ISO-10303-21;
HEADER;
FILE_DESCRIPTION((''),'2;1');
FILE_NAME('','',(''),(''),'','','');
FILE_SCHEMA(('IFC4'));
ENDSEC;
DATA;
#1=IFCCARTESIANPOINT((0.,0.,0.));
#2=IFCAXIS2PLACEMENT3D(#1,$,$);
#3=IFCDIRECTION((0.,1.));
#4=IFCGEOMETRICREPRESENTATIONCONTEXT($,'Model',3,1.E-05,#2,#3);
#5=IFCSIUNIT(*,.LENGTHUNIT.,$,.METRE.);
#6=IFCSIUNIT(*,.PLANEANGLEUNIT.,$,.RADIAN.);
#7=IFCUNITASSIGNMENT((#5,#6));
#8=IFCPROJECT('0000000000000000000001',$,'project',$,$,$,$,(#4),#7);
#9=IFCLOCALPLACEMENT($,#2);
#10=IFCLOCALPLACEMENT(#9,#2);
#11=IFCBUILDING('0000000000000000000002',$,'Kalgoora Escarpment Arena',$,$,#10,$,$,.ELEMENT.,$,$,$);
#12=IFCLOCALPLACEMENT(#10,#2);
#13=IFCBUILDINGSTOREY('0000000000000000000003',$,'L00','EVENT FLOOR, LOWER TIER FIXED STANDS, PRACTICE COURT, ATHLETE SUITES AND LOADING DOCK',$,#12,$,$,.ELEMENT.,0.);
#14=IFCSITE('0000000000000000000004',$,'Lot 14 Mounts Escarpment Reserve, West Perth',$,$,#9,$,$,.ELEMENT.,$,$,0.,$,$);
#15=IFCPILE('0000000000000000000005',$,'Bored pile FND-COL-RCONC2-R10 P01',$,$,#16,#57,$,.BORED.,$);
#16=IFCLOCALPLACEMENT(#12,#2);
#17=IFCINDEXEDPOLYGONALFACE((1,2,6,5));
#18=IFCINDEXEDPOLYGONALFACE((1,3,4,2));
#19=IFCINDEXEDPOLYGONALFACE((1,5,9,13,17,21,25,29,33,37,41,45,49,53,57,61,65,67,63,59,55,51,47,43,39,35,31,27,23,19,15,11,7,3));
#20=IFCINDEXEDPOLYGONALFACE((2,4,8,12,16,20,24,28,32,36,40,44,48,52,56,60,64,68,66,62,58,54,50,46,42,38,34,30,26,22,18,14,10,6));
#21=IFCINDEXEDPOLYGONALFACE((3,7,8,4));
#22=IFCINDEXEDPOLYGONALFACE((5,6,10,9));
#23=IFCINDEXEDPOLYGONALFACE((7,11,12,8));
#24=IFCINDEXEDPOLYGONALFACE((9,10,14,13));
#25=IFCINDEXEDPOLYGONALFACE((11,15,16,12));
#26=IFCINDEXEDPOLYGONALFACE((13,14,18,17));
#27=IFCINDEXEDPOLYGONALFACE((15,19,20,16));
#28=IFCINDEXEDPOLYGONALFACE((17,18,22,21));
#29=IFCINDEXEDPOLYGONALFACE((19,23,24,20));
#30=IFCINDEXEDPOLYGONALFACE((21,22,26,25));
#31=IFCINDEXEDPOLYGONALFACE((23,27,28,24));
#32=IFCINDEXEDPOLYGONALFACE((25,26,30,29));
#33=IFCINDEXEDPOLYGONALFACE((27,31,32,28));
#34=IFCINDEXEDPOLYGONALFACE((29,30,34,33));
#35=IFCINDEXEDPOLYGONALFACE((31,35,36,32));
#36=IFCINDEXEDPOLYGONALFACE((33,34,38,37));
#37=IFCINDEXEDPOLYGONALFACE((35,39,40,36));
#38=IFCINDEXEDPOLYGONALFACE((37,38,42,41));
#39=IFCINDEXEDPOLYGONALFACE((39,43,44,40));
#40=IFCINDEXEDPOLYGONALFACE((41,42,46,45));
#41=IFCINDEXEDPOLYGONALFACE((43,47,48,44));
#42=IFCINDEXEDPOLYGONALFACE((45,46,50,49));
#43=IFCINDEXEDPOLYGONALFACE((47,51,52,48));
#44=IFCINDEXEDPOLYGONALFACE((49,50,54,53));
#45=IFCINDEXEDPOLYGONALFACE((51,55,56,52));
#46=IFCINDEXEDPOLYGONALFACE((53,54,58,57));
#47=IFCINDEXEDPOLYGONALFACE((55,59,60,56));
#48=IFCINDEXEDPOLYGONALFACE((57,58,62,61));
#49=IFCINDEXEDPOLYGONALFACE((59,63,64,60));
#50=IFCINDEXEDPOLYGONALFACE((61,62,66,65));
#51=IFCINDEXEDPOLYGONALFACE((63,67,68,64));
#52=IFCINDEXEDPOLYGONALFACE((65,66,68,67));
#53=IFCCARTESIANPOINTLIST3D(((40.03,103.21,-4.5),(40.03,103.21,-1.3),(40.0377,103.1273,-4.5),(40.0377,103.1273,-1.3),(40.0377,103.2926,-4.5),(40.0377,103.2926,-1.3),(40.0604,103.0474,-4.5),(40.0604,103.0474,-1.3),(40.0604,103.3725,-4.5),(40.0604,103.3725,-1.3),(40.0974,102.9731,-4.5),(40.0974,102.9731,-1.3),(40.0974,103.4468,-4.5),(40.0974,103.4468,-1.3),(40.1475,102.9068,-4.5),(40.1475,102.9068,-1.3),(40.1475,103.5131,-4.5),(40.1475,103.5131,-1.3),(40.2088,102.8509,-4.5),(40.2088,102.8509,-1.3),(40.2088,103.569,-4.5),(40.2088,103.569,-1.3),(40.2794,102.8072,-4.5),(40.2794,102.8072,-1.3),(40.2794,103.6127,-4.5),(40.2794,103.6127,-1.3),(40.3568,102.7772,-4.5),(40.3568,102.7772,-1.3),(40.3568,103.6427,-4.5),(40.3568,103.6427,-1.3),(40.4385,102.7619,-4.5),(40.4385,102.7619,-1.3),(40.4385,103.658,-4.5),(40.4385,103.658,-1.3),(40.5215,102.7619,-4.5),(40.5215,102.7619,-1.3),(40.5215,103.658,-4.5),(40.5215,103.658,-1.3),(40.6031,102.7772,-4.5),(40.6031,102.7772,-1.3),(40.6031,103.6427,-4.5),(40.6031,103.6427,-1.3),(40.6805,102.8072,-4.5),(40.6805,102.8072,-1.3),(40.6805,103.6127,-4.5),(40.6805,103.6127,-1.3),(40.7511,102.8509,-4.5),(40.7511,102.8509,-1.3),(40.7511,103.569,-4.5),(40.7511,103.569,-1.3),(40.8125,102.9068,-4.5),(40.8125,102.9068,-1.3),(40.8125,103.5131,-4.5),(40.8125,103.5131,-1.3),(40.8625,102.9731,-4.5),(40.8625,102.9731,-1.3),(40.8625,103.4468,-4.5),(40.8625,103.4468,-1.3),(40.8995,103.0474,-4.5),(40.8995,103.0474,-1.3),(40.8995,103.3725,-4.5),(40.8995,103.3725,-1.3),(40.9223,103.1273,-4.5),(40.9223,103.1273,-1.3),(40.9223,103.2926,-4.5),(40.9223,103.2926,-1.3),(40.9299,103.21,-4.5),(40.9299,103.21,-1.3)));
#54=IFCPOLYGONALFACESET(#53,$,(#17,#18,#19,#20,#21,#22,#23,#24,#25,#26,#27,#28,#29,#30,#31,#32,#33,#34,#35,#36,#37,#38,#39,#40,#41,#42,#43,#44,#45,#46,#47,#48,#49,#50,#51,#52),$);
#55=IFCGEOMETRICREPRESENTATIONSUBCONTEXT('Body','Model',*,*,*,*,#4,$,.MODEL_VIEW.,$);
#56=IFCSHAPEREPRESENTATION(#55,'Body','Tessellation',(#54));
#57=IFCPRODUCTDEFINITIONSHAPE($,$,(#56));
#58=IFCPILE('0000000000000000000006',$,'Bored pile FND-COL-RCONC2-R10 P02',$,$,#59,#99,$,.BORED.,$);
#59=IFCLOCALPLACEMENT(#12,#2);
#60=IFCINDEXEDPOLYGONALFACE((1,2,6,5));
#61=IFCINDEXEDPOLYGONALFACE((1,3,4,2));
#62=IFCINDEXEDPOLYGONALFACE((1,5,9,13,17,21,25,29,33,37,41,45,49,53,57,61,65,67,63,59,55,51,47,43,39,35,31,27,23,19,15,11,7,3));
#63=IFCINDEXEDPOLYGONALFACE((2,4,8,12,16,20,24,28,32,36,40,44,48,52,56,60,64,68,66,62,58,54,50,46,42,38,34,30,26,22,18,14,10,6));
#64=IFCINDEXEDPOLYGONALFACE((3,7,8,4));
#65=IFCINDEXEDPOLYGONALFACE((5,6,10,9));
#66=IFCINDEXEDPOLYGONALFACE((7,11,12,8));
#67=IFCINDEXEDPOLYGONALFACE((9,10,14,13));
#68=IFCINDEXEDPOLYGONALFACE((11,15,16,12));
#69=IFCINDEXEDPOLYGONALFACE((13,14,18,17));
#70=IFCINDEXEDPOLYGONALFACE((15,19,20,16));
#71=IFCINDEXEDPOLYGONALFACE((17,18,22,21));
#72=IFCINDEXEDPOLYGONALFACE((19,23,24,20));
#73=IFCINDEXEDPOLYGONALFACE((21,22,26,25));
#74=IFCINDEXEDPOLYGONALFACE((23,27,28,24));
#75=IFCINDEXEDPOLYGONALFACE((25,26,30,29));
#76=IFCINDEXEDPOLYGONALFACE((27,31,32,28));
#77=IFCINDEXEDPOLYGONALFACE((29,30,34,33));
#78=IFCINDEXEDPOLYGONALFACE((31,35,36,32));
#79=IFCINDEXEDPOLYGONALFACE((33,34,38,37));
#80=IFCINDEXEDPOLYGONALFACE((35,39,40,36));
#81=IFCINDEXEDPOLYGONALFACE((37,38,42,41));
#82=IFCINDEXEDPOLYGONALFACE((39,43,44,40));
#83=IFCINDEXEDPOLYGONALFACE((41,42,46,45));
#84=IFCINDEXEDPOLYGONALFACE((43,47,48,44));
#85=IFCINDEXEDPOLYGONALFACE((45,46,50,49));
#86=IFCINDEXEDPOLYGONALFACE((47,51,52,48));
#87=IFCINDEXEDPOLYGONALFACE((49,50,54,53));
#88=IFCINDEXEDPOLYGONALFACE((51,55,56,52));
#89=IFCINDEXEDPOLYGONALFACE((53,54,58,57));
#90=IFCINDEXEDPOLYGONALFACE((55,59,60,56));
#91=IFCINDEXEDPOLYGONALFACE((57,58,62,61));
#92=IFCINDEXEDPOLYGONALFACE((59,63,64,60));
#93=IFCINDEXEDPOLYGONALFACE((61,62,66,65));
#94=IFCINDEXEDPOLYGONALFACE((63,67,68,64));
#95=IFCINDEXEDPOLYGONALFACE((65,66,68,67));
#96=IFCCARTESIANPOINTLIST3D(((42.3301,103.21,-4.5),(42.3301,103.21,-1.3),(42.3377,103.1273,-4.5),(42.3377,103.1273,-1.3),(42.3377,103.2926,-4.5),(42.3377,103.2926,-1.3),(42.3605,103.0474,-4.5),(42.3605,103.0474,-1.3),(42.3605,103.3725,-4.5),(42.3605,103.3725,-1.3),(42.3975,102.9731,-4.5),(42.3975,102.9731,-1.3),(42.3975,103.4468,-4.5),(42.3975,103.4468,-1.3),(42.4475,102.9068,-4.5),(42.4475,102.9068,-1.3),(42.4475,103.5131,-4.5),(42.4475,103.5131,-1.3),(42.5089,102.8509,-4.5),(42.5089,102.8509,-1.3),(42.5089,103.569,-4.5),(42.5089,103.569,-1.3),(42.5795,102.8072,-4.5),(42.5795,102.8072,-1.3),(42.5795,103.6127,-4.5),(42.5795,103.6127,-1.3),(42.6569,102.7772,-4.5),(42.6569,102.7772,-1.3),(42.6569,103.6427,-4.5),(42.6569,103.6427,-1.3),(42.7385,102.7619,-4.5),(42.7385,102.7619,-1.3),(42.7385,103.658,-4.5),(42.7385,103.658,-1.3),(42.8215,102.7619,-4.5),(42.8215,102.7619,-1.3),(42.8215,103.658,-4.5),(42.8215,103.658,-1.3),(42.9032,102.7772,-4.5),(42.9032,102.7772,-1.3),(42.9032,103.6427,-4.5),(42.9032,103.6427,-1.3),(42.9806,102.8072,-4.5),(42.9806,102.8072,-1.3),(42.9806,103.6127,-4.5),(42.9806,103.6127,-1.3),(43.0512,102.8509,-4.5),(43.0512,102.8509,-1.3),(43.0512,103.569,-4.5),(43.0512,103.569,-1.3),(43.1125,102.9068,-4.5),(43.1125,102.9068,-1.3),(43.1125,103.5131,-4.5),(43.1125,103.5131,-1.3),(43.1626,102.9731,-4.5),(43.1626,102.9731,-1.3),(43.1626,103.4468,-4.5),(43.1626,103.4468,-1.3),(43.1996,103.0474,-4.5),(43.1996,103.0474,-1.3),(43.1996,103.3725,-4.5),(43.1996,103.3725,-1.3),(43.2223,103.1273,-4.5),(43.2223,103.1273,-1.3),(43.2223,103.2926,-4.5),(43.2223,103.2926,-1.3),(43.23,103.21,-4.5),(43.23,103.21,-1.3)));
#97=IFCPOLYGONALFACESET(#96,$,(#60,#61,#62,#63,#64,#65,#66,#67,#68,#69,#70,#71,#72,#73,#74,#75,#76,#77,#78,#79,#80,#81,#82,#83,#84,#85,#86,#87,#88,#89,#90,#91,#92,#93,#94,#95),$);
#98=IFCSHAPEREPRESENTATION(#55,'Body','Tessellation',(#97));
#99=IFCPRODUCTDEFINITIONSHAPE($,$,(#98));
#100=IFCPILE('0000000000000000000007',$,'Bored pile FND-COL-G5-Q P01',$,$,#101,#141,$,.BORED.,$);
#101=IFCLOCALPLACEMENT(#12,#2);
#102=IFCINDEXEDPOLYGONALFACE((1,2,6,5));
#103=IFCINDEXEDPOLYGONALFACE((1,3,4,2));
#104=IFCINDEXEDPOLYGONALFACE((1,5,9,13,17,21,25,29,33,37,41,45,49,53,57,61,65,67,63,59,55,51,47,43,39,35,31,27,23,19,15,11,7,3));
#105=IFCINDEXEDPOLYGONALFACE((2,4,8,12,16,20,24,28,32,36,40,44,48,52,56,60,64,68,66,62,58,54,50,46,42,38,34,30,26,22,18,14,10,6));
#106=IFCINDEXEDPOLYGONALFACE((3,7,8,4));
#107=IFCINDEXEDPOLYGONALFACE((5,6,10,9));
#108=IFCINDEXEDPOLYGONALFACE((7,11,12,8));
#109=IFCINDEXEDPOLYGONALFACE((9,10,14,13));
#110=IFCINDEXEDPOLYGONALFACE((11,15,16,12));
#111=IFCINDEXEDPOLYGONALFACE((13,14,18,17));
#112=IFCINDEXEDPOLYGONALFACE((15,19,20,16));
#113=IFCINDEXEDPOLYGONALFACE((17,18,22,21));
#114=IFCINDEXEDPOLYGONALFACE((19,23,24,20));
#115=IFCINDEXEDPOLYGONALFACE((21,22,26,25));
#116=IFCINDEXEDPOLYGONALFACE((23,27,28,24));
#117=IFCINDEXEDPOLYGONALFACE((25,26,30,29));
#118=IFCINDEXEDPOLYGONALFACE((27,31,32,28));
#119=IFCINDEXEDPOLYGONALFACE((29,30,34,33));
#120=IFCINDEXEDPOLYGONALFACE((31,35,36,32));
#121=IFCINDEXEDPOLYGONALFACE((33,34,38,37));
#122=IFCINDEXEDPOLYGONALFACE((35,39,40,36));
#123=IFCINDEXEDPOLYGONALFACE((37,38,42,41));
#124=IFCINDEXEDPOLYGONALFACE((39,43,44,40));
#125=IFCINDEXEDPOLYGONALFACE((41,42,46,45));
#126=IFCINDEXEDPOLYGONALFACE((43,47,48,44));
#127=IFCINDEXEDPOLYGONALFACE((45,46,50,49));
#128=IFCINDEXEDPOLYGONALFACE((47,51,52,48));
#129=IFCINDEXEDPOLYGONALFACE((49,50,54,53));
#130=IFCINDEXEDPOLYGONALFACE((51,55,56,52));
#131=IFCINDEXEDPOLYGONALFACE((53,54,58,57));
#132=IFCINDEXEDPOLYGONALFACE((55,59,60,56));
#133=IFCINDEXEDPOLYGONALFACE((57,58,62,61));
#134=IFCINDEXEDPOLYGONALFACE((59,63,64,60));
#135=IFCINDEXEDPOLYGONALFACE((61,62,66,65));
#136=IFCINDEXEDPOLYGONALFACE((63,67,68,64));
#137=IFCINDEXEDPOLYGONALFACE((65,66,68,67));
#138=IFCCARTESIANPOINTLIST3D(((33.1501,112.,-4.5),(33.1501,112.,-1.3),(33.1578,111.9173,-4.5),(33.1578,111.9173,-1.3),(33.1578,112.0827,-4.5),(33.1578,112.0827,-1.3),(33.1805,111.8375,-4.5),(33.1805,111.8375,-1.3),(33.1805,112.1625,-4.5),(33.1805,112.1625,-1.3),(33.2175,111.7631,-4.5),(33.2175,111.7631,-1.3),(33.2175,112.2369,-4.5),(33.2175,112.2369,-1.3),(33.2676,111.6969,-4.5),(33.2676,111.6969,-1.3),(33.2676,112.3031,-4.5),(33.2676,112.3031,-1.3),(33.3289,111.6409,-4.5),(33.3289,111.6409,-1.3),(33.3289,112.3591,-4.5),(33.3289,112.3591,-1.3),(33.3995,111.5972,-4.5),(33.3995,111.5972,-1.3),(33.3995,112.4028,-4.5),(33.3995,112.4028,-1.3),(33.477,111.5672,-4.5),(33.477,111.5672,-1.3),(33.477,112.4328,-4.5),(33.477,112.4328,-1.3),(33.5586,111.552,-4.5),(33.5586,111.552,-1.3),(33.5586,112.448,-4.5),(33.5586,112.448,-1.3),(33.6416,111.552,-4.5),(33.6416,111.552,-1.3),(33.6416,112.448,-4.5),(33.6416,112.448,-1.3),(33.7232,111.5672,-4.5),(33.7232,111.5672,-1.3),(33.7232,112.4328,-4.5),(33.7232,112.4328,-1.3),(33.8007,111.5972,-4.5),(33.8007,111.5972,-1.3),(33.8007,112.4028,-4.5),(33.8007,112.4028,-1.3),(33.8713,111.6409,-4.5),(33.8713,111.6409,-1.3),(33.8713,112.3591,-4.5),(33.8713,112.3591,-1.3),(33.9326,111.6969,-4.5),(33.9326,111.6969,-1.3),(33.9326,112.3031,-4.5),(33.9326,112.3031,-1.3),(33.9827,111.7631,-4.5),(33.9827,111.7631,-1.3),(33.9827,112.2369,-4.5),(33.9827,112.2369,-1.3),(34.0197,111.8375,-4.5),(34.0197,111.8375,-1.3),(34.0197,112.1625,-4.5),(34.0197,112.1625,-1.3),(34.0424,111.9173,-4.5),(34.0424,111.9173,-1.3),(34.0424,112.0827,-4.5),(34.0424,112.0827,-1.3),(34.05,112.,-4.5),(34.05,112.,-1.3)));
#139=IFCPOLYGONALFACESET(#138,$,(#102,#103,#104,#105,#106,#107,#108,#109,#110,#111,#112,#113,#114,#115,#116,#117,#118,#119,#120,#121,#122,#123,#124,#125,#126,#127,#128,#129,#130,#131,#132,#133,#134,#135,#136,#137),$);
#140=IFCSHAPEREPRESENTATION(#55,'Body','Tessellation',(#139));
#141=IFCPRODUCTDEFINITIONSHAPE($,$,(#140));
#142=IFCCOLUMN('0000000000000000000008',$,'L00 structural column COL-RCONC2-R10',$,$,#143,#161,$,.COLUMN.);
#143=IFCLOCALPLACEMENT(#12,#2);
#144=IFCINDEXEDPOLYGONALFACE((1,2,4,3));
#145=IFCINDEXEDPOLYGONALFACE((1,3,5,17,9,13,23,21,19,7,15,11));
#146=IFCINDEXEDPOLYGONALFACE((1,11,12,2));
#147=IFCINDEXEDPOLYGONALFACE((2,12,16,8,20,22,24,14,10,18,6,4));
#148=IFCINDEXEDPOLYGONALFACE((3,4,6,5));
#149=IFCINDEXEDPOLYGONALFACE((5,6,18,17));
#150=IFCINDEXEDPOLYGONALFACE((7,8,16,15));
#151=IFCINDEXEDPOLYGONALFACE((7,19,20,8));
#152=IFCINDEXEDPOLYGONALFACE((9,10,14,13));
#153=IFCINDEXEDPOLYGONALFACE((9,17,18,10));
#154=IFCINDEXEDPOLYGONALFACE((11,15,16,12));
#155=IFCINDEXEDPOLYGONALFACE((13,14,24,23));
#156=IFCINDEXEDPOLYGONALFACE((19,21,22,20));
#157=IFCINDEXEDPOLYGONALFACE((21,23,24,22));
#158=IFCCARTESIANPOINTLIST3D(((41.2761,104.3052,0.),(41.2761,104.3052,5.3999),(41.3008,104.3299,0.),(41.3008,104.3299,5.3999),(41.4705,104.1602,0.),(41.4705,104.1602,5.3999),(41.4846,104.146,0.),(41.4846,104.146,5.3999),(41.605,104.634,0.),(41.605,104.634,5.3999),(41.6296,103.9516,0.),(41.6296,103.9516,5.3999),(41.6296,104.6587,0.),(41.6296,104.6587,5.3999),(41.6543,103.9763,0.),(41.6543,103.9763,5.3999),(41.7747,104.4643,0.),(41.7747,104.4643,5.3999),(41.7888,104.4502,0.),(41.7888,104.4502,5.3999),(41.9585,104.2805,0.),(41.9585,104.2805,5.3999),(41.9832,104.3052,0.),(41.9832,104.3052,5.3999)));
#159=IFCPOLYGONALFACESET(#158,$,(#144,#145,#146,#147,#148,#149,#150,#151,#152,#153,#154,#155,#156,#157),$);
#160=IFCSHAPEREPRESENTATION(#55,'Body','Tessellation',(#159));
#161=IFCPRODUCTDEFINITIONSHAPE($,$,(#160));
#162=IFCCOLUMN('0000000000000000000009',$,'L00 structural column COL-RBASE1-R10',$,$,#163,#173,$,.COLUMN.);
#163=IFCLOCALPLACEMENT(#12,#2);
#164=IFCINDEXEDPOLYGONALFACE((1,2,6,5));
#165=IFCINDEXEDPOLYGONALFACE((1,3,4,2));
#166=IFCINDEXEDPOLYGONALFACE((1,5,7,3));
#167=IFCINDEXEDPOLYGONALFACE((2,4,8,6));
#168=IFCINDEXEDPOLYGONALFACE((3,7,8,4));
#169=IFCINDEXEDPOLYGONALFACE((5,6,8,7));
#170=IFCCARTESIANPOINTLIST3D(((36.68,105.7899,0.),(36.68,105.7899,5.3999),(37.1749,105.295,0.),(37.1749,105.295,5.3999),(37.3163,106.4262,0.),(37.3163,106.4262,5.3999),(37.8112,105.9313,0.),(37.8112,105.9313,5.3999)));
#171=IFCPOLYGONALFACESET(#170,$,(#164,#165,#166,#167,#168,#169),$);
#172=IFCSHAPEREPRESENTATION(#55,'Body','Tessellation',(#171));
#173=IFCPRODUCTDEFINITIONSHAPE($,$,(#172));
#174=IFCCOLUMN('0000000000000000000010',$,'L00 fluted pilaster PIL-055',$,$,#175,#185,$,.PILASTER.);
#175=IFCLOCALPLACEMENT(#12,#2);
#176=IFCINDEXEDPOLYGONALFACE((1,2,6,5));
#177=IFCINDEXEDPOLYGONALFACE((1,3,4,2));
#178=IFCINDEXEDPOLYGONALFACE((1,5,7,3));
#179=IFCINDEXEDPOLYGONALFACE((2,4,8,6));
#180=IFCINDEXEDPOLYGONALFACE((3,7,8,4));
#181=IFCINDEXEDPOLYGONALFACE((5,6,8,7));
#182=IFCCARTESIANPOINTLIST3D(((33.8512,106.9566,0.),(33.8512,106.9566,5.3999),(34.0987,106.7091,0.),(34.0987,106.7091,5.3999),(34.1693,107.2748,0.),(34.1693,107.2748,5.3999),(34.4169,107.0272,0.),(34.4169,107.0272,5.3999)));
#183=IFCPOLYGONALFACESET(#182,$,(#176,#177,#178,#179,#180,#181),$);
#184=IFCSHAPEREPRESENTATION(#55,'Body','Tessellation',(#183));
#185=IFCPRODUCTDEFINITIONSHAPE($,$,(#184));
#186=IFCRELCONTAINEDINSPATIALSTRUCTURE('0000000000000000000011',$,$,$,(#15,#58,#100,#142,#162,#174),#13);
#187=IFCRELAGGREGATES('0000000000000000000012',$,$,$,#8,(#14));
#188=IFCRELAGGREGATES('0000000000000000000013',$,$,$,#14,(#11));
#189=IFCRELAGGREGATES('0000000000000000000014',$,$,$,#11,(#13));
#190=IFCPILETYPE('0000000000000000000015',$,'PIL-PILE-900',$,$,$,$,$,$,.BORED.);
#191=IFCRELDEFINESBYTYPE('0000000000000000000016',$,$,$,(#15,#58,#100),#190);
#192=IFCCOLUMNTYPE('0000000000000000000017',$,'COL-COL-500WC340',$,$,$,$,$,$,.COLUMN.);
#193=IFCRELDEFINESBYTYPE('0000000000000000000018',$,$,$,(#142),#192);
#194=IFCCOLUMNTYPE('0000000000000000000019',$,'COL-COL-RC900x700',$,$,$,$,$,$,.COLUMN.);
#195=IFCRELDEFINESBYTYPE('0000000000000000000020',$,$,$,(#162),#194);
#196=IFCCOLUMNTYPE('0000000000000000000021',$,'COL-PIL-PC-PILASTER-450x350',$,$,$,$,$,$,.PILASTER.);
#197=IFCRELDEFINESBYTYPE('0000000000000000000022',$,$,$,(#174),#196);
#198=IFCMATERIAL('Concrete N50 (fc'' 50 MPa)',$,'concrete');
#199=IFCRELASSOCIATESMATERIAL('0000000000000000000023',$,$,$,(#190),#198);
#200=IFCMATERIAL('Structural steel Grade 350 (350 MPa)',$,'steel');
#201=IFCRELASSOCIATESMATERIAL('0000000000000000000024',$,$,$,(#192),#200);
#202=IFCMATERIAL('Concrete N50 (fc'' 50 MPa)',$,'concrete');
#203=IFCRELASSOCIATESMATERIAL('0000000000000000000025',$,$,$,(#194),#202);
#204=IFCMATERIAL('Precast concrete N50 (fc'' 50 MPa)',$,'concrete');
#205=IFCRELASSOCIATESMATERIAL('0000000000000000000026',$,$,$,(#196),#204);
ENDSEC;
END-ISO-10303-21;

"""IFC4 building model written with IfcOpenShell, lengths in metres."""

from ifc_helpers import new_model, si_unit, direction, frame, origin, origin_2d, place, context, subcontext, project, spatial, rectangle, circle, i_section, extrude, material, material_profile, profile_set, type_object, element, save


model = new_model("IFC4")

# Units and contexts
model_context = context("Model", 3, precision=1e-05, world=origin(), true_north=direction((0.0, 1.0)))
body_context = subcontext(model_context, "Body", "Model", "MODEL_VIEW")
ifc_project = project(units=[si_unit("LENGTHUNIT", "METRE"), si_unit("PLANEANGLEUNIT", "RADIAN")], contexts=[model_context])

# Site, building, storey
site_placement = place(None, origin())
site = spatial("IfcSite", under=ifc_project, at=site_placement, Name="Lot 14 Mounts Escarpment Reserve, West Perth", CompositionType="ELEMENT", RefElevation=0.0)
building_placement = place(site_placement, origin())
building = spatial("IfcBuilding", under=site, at=building_placement, Name="Kalgoora Escarpment Arena", CompositionType="ELEMENT")
storey_placement = place(building_placement, origin())
storey = spatial("IfcBuildingStorey", under=building, at=storey_placement, Name="L00", Description="EVENT FLOOR, LOWER TIER FIXED STANDS, PRACTICE COURT, ATHLETE SUITES AND LOADING DOCK", CompositionType="ELEMENT", Elevation=0.0)

# Piles
ifc_material_1 = material(Name="Concrete N50 (fc' 50 MPa)", Category="concrete")
ifc_material_profile_1 = material_profile(ifc_material_1, circle(Radius=0.45, at=origin_2d()))
ifc_profile_set_1 = profile_set([ifc_material_profile_1], Name="Concrete N50 (fc' 50 MPa)")
pile_type_1 = type_object("IfcPileType", Name="PIL-PILE-900", PredefinedType="BORED", material=ifc_profile_set_1)
for number, where, z_axis, x_axis, name in (
    (1, (40.48, 103.21, -1.3), (0.0, 0.0, -1.0), (1.0, 0.0, 0.0), "Bored pile FND-COL-RCONC2-R10 P01"),
    (2, (42.78, 103.21, -1.3), (0.0, 0.0, -1.0), (1.0, 0.0, 0.0), "Bored pile FND-COL-RCONC2-R10 P02"),
    (3, (33.6001, 112.0, -1.3), (0.0, 0.0, -1.0), (1.0, 0.0, 0.0), "Bored pile FND-COL-G5-Q P01"),
):
    element("IfcPile", number, at=place(storey_placement, frame(where, z_axis=z_axis, x_axis=x_axis)), inside=storey, type_object=pile_type_1, Name=name, PredefinedType="BORED", context=body_context, shape_type="SweptSolid", body=[
        extrude(circle(Radius=0.45, at=origin_2d()), origin(), (0.0, 0.0, 1.0), 3.2),
    ])

# Columns
ifc_material_2 = material(Name="Structural steel Grade 350 (350 MPa)", Category="steel")
ifc_material_profile_2 = material_profile(ifc_material_2, i_section(OverallWidth=0.5, OverallDepth=0.5, WebThickness=0.02, FlangeThickness=0.0349, at=origin_2d()))
ifc_profile_set_2 = profile_set([ifc_material_profile_2], Name="Structural steel Grade 350 (350 MPa)")
column_type_1 = type_object("IfcColumnType", Name="COL-COL-500WC340", PredefinedType="COLUMN", material=ifc_profile_set_2)
column_1_placement = place(storey_placement, frame((41.6296, 104.3052, 0.0), z_axis=(0.0, 0.0, 1.0), x_axis=(-0.707107, 0.707107, 0.0)))
element("IfcColumn", 4, at=column_1_placement, inside=storey, type_object=column_type_1, Name="L00 structural column COL-RCONC2-R10", PredefinedType="COLUMN", context=body_context, shape_type="SweptSolid", body=[
    extrude(i_section(OverallWidth=0.5, OverallDepth=0.5, WebThickness=0.02, FlangeThickness=0.0349, at=origin_2d()), origin(), (0.0, 0.0, 1.0), 5.3999),
])
ifc_material_3 = material(Name="Concrete N50 (fc' 50 MPa)", Category="concrete")
ifc_material_profile_3 = material_profile(ifc_material_3, rectangle(XDim=0.7, YDim=0.8999, at=origin_2d()))
ifc_profile_set_3 = profile_set([ifc_material_profile_3], Name="Concrete N50 (fc' 50 MPa)")
column_type_2 = type_object("IfcColumnType", Name="COL-COL-RC900x700", PredefinedType="COLUMN", material=ifc_profile_set_3)
column_2_placement = place(storey_placement, frame((37.2456, 105.8606, 0.0), z_axis=(0.0, 0.0, 1.0), x_axis=(-0.707107, 0.707107, 0.0)))
element("IfcColumn", 5, at=column_2_placement, inside=storey, type_object=column_type_2, Name="L00 structural column COL-RBASE1-R10", PredefinedType="COLUMN", context=body_context, shape_type="SweptSolid", body=[
    extrude(rectangle(XDim=0.7, YDim=0.8999, at=origin_2d()), origin(), (0.0, 0.0, 1.0), 5.3999),
])
ifc_material_4 = material(Name="Precast concrete N50 (fc' 50 MPa)", Category="concrete")
ifc_material_profile_4 = material_profile(ifc_material_4, rectangle(XDim=0.3501, YDim=0.45, at=origin_2d()))
ifc_profile_set_4 = profile_set([ifc_material_profile_4], Name="Precast concrete N50 (fc' 50 MPa)")
column_type_3 = type_object("IfcColumnType", Name="COL-PIL-PC-PILASTER-450x350", PredefinedType="PILASTER", material=ifc_profile_set_4)
column_3_placement = place(storey_placement, frame((34.134, 106.9919, 0.0), z_axis=(0.0, 0.0, 1.0), x_axis=(-0.707107, 0.707107, 0.0)))
element("IfcColumn", 6, at=column_3_placement, inside=storey, type_object=column_type_3, Name="L00 fluted pilaster PIL-055", PredefinedType="PILASTER", context=body_context, shape_type="SweptSolid", body=[
    extrude(rectangle(XDim=0.3501, YDim=0.45, at=origin_2d()), origin(), (0.0, 0.0, 1.0), 5.3999),
])

save(model, "model.ifc")
